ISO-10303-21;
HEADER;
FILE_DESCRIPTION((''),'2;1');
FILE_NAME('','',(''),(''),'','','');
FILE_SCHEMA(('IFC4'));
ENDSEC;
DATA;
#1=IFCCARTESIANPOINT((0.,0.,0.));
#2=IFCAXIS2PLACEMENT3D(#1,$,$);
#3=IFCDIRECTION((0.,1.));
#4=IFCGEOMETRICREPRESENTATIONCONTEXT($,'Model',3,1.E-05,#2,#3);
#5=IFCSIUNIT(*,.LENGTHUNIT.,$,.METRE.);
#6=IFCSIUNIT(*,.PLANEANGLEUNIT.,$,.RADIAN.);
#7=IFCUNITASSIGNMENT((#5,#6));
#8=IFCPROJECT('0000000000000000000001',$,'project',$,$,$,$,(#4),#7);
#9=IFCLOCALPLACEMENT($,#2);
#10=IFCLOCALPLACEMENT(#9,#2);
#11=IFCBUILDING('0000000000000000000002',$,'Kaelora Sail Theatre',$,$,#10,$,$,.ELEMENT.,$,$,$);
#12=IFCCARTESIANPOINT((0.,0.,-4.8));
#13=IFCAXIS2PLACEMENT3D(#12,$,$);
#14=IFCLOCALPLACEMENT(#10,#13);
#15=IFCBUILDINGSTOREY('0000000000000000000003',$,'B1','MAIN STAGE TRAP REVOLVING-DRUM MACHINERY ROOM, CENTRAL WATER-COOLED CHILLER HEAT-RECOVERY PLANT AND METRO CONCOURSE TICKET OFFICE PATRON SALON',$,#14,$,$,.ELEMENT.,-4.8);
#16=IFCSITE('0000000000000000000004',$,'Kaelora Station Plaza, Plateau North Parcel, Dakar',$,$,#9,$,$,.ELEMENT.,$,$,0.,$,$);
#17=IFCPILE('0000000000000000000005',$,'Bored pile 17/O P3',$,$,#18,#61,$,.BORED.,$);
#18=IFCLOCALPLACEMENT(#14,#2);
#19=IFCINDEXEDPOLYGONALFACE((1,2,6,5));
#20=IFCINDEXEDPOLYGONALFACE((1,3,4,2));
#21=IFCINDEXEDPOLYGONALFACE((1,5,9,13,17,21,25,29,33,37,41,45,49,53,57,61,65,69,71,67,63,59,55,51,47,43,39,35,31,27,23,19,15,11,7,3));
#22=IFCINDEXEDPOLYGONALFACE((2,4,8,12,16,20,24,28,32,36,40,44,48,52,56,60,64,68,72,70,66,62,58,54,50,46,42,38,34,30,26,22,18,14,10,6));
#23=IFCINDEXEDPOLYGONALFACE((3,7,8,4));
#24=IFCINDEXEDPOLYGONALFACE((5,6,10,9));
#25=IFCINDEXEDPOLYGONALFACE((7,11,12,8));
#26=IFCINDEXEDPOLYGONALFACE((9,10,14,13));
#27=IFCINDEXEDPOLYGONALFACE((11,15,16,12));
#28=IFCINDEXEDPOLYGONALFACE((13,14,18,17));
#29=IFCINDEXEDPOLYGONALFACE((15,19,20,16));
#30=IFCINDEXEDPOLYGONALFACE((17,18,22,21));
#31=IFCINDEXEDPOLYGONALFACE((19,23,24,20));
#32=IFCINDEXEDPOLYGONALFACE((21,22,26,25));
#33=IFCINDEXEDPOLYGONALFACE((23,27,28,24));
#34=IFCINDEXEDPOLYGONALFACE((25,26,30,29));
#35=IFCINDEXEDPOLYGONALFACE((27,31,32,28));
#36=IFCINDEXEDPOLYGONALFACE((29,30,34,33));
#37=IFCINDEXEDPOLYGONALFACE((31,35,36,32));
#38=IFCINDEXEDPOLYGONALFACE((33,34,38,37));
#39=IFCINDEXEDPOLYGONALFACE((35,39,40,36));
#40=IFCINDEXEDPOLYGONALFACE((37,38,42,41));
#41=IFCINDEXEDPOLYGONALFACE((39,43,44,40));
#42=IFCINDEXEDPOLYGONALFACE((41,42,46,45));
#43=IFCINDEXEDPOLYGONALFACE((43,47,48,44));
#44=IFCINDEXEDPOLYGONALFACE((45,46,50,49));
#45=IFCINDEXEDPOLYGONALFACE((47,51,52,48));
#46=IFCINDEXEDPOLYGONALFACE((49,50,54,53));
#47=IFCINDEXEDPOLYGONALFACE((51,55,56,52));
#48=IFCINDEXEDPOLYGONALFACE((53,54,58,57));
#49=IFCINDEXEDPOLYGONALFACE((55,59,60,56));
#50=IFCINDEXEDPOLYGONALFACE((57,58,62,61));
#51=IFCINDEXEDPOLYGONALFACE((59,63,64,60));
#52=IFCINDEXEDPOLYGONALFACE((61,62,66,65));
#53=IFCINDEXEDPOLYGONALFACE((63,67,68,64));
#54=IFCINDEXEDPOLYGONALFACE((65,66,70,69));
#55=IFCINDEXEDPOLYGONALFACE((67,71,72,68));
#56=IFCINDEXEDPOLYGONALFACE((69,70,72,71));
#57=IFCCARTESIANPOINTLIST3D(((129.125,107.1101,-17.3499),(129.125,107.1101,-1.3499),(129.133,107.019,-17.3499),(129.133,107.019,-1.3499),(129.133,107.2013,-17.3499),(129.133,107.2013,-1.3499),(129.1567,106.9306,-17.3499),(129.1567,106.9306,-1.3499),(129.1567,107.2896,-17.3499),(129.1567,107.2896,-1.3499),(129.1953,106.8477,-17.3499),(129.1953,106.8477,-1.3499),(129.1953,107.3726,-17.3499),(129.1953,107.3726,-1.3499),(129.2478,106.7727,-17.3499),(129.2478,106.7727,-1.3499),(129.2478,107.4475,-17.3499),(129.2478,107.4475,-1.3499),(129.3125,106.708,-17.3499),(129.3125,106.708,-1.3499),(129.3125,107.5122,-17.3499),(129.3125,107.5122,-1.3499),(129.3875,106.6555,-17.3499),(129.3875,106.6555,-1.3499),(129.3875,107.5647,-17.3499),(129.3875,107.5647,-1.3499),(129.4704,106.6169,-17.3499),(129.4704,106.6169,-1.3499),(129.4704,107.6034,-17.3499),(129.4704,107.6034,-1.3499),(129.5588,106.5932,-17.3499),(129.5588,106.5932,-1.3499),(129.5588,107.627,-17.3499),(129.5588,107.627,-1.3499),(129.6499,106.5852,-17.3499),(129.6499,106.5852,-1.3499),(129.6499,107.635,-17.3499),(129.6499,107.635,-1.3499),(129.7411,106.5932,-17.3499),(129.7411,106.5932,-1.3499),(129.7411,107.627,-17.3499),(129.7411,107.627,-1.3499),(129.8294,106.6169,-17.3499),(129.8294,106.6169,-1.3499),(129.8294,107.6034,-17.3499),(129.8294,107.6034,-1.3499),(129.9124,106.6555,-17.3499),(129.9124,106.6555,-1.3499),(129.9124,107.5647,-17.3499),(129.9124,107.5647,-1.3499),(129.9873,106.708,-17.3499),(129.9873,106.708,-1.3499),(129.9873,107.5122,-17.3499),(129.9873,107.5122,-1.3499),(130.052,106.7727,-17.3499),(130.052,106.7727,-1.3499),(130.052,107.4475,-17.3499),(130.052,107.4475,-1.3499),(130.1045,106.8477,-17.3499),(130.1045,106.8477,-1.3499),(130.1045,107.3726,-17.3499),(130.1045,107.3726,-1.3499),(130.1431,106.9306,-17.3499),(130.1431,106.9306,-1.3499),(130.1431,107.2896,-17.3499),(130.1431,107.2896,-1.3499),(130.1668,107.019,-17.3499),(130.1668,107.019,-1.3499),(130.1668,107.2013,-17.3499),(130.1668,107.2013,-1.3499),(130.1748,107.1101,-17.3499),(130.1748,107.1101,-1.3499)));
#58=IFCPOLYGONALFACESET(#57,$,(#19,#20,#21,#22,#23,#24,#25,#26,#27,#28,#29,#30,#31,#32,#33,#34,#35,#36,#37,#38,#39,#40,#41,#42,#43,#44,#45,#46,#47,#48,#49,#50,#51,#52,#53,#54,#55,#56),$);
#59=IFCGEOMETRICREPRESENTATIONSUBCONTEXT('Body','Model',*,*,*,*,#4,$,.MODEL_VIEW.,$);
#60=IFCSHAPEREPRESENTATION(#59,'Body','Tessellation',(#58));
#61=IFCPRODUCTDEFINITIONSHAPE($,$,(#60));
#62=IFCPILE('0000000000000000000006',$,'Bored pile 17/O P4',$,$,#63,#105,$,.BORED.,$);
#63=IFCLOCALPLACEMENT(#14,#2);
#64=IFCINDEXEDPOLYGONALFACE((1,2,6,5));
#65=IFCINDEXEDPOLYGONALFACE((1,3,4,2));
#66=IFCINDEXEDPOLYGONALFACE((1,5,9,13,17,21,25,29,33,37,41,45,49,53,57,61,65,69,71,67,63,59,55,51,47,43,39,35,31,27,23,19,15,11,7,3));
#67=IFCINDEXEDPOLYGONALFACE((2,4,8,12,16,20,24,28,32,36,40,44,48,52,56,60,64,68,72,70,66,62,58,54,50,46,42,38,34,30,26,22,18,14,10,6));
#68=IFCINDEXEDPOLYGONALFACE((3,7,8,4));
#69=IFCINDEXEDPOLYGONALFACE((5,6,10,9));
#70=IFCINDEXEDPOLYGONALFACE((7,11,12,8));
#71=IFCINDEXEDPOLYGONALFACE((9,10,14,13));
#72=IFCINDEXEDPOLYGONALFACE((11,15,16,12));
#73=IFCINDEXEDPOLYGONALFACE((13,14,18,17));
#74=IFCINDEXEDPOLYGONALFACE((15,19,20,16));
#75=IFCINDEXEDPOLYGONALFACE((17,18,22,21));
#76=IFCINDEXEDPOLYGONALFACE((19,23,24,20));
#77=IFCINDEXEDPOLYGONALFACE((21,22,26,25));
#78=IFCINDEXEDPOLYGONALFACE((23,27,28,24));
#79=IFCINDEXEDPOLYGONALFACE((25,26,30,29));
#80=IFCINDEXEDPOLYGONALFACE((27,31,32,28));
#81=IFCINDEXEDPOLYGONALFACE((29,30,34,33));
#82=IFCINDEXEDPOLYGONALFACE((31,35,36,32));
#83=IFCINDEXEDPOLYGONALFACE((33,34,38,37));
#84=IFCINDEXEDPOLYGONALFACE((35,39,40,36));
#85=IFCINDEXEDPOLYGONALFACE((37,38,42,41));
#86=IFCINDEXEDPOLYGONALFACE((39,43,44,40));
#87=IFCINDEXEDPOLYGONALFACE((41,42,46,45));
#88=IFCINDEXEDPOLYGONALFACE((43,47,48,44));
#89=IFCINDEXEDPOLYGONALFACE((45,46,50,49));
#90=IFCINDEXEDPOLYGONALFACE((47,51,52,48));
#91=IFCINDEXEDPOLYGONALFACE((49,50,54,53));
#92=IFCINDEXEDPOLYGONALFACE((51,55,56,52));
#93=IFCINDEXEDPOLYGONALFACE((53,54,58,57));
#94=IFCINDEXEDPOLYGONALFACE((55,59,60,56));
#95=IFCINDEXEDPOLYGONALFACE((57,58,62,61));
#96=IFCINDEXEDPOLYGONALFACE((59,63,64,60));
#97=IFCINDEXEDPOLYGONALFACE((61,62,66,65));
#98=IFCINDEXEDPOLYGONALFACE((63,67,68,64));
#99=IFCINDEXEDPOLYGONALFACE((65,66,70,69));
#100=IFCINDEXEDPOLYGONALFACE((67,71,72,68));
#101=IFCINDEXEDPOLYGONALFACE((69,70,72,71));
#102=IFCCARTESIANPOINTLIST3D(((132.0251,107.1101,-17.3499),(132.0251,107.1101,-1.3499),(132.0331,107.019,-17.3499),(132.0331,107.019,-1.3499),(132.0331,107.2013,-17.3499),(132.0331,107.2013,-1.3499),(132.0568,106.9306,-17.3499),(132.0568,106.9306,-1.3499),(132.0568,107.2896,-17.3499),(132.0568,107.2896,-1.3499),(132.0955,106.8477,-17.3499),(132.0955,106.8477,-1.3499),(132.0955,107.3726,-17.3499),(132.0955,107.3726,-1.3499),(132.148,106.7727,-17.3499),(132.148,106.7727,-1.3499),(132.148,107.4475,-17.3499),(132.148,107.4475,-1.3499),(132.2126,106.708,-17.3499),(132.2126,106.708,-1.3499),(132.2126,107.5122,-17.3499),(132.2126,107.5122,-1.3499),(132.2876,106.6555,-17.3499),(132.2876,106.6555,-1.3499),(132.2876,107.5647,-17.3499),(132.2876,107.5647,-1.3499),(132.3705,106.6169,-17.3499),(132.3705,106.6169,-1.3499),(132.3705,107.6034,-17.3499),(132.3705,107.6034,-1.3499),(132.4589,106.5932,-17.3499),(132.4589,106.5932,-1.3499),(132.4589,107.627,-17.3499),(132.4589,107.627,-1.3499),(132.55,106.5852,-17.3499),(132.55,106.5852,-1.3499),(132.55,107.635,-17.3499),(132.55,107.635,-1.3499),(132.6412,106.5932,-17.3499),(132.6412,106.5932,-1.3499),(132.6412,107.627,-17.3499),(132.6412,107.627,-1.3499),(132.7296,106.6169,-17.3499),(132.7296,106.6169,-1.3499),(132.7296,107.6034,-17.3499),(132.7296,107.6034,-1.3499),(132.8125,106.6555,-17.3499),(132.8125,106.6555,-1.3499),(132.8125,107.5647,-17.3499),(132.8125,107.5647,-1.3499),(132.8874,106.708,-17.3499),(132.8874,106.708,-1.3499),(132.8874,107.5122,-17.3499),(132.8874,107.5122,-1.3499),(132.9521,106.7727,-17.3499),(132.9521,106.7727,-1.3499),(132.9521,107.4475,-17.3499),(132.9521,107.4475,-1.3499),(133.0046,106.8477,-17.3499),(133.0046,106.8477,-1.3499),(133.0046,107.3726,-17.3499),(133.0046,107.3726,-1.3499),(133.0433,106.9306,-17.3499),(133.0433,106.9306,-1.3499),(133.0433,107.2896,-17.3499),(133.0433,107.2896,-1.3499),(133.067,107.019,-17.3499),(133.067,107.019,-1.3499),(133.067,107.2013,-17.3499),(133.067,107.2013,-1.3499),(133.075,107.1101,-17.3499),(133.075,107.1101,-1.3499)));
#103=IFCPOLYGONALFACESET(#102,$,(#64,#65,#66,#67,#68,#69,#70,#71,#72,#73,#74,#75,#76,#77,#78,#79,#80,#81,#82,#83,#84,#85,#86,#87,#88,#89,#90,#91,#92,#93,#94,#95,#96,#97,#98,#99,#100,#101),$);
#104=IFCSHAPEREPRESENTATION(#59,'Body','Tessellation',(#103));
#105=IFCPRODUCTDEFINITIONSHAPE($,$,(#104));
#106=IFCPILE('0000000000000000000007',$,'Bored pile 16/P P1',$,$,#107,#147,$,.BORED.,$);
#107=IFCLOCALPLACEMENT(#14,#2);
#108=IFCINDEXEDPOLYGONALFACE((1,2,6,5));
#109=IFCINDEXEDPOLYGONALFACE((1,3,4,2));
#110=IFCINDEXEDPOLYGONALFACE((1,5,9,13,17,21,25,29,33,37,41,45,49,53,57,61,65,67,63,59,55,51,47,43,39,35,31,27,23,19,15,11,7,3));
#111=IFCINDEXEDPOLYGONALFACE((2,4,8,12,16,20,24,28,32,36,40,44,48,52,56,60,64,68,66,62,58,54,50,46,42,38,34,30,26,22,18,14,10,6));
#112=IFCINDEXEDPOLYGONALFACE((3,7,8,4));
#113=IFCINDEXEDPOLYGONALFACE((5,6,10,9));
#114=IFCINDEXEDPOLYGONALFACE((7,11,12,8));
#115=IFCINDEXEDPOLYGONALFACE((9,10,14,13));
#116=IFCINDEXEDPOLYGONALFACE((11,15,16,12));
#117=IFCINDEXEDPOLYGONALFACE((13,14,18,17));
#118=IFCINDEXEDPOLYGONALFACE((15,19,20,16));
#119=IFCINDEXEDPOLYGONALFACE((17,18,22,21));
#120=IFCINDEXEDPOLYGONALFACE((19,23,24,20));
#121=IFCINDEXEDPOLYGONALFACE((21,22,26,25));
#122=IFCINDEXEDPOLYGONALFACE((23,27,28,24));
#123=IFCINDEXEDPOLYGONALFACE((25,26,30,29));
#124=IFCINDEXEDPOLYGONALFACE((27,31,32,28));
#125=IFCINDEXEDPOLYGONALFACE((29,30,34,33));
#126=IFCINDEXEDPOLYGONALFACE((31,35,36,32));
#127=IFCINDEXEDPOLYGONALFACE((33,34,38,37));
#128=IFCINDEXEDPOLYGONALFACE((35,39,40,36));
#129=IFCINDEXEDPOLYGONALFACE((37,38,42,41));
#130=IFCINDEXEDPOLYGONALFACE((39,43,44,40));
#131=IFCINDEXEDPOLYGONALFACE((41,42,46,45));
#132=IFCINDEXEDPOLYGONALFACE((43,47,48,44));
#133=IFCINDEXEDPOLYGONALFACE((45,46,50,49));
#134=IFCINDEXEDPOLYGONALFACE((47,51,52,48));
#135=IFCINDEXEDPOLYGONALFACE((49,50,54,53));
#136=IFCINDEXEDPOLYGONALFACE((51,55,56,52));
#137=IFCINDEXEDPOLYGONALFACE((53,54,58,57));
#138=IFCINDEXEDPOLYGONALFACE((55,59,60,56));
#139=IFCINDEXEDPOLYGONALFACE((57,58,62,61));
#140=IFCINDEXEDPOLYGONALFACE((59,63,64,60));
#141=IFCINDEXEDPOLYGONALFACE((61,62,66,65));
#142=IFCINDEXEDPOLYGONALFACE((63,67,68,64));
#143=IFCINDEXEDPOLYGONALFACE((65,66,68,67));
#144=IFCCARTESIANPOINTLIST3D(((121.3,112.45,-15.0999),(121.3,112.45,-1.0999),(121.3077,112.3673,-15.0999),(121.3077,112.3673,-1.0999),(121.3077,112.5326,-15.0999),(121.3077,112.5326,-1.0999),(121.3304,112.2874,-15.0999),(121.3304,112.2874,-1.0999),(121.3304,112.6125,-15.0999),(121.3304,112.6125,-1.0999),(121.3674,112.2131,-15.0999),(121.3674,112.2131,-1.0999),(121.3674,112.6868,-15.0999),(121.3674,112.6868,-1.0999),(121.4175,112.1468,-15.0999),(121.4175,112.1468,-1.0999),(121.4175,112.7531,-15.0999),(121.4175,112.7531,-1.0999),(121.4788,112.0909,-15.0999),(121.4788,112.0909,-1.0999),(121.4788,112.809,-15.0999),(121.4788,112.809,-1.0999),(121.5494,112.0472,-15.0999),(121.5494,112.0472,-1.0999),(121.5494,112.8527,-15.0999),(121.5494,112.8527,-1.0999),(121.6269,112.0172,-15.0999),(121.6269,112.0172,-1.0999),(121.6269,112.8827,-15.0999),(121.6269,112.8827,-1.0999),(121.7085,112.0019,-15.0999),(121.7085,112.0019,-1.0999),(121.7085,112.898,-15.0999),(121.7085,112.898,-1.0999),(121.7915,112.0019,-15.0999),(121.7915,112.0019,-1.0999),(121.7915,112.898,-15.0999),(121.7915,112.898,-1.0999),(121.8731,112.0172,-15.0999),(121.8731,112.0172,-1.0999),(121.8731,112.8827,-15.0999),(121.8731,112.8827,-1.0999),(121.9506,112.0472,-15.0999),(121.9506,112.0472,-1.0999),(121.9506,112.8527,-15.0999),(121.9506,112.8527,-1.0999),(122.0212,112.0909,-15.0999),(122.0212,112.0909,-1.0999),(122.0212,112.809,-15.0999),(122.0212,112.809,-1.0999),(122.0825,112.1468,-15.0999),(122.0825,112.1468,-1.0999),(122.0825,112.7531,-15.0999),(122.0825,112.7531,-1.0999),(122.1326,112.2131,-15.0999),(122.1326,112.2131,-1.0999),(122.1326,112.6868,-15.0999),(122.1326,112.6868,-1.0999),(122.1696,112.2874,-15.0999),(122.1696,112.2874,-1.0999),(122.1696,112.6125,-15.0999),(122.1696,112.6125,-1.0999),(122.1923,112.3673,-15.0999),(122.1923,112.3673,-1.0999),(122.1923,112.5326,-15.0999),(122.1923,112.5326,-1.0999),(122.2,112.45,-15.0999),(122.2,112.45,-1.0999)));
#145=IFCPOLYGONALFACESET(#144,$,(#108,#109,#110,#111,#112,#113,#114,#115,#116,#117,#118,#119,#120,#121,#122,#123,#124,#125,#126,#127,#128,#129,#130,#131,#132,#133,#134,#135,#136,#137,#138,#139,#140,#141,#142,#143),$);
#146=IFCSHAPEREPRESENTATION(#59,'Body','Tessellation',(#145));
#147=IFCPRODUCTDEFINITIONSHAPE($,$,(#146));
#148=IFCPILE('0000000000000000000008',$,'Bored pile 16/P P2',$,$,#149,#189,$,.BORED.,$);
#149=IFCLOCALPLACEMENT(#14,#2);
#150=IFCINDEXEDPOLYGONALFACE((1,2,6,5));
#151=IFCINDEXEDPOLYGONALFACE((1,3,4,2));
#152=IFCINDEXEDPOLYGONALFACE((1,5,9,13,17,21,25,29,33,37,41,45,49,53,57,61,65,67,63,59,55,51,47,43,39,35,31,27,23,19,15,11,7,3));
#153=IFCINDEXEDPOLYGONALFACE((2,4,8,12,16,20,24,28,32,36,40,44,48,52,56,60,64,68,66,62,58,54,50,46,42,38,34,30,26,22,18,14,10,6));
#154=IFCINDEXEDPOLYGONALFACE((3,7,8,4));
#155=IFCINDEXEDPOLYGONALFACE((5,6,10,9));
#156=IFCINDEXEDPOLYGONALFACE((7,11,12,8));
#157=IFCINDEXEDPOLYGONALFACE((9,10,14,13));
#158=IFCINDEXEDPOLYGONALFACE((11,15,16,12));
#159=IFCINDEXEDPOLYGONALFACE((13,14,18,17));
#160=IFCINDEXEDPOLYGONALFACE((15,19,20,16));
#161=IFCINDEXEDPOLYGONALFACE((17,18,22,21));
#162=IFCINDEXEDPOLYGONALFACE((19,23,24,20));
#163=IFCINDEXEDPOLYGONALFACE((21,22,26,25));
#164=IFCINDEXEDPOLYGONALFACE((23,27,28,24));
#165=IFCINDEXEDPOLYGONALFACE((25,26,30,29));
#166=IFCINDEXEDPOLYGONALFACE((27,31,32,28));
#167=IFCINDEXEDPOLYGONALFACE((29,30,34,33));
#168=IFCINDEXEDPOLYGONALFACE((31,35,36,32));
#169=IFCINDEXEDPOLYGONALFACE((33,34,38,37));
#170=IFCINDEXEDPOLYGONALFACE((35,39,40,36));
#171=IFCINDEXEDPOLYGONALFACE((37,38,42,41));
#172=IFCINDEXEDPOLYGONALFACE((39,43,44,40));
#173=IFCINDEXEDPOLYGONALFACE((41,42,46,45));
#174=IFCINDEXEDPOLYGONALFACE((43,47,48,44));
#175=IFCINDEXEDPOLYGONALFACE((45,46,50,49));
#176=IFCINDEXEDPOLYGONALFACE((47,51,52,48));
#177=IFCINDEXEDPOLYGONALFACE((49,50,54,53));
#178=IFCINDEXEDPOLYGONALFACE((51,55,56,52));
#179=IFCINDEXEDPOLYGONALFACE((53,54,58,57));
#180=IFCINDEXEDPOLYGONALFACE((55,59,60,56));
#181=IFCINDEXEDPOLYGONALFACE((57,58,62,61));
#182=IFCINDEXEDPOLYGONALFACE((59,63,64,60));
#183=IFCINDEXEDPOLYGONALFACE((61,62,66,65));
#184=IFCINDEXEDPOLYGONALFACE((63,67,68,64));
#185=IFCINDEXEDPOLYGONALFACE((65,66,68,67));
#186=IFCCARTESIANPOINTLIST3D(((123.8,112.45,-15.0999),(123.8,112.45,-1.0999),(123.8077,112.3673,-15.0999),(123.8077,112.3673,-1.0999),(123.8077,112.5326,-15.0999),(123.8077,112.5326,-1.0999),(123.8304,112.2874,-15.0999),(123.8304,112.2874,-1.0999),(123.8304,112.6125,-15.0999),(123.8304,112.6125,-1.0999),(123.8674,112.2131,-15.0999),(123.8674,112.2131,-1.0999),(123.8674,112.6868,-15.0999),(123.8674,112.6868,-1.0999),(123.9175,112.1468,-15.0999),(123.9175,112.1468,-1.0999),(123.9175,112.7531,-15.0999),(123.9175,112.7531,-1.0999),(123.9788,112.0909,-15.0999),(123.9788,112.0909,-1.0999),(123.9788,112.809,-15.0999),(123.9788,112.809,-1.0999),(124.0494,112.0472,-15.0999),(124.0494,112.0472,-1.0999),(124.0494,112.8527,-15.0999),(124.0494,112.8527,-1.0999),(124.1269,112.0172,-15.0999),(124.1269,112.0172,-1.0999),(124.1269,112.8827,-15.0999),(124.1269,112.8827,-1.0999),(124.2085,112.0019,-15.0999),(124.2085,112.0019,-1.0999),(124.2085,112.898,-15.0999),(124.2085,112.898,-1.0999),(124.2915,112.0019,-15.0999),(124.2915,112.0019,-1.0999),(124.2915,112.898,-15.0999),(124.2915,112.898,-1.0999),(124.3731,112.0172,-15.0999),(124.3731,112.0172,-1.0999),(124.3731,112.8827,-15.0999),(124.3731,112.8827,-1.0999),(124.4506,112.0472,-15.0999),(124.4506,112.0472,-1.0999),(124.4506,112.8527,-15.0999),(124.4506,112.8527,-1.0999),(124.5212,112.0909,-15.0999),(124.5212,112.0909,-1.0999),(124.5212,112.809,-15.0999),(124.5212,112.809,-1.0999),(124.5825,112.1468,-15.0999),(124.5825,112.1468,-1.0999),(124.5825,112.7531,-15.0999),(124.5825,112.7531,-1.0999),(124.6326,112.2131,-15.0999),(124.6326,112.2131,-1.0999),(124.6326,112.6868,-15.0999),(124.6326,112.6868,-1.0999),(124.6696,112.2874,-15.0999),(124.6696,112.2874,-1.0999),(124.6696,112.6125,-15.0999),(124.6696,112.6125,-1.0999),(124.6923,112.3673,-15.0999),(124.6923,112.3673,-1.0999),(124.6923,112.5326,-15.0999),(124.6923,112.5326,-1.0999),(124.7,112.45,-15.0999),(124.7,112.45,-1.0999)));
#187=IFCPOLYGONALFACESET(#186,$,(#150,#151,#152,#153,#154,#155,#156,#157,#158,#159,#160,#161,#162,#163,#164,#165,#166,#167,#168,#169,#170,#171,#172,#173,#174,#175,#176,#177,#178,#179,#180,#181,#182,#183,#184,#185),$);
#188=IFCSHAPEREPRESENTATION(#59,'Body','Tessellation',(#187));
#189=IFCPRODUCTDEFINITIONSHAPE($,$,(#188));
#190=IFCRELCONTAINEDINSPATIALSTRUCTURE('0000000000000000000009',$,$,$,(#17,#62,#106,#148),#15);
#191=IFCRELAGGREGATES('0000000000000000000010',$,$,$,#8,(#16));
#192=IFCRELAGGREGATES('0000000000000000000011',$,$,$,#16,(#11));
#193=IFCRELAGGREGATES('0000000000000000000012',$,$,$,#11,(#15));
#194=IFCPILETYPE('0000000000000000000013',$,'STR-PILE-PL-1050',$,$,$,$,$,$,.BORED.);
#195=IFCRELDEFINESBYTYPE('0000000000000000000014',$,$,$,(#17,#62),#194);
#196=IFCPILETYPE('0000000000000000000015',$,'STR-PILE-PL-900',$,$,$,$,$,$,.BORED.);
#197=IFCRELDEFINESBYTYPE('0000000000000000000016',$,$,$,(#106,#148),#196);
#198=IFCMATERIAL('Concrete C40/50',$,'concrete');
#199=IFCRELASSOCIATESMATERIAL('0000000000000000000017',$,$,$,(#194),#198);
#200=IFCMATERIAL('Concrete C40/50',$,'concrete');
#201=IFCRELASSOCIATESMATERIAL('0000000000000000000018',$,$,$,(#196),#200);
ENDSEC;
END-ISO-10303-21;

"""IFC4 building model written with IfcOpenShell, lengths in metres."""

from ifc_helpers import new_model, si_unit, direction, frame, origin, origin_2d, place, context, subcontext, project, spatial, circle, extrude, material, material_profile, profile_set, type_object, element, save


model = new_model("IFC4")

# Units and contexts
model_context = context("Model", 3, precision=1e-05, world=origin(), true_north=direction((0.0, 1.0)))
body_context = subcontext(model_context, "Body", "Model", "MODEL_VIEW")
ifc_project = project(units=[si_unit("LENGTHUNIT", "METRE"), si_unit("PLANEANGLEUNIT", "RADIAN")], contexts=[model_context])

# Site, building, storey
site_placement = place(None, origin())
site = spatial("IfcSite", under=ifc_project, at=site_placement, Name="Kaelora Station Plaza, Plateau North Parcel, Dakar", CompositionType="ELEMENT", RefElevation=0.0)
building_placement = place(site_placement, origin())
building = spatial("IfcBuilding", under=site, at=building_placement, Name="Kaelora Sail Theatre", CompositionType="ELEMENT")
storey_placement = place(building_placement, frame((0.0, 0.0, -4.8)))
storey = spatial("IfcBuildingStorey", under=building, at=storey_placement, Name="B1", Description="MAIN STAGE TRAP REVOLVING-DRUM MACHINERY ROOM, CENTRAL WATER-COOLED CHILLER HEAT-RECOVERY PLANT AND METRO CONCOURSE TICKET OFFICE PATRON SALON", CompositionType="ELEMENT", Elevation=-4.8)

# Piles
ifc_material_1 = material(Name="Concrete C40/50", Category="concrete")
ifc_material_profile_1 = material_profile(ifc_material_1, circle(Radius=0.5249, at=origin_2d()), Name="PILE D1050")
ifc_profile_set_1 = profile_set([ifc_material_profile_1], Name="Concrete C40/50")
pile_type_1 = type_object("IfcPileType", Name="STR-PILE-PL-1050", PredefinedType="BORED", material=ifc_profile_set_1)
for number, where, z_axis, x_axis, name in (
    (1, (129.6499, 107.1101, -1.3499), (0.0, 0.0, -1.0), (1.0, 0.0, 0.0), "Bored pile 17/O P3"),
    (2, (132.55, 107.1101, -1.3499), (0.0, 0.0, -1.0), (1.0, 0.0, 0.0), "Bored pile 17/O P4"),
):
    element("IfcPile", number, at=place(storey_placement, frame(where, z_axis=z_axis, x_axis=x_axis)), inside=storey, type_object=pile_type_1, Name=name, PredefinedType="BORED", context=body_context, shape_type="SweptSolid", body=[
        extrude(circle(Radius=0.5249, at=origin_2d()), origin(), (0.0, 0.0, 1.0), 16.0),
    ])
ifc_material_2 = material(Name="Concrete C40/50", Category="concrete")
ifc_material_profile_2 = material_profile(ifc_material_2, circle(Radius=0.45, at=origin_2d()), Name="PILE D900")
ifc_profile_set_2 = profile_set([ifc_material_profile_2], Name="Concrete C40/50")
pile_type_2 = type_object("IfcPileType", Name="STR-PILE-PL-900", PredefinedType="BORED", material=ifc_profile_set_2)
for number, where, z_axis, x_axis, name in (
    (3, (121.75, 112.45, -1.0999), (0.0, 0.0, -1.0), (1.0, 0.0, 0.0), "Bored pile 16/P P1"),
    (4, (124.25, 112.45, -1.0999), (0.0, 0.0, -1.0), (1.0, 0.0, 0.0), "Bored pile 16/P P2"),
):
    element("IfcPile", number, at=place(storey_placement, frame(where, z_axis=z_axis, x_axis=x_axis)), inside=storey, type_object=pile_type_2, Name=name, PredefinedType="BORED", context=body_context, shape_type="SweptSolid", body=[
        extrude(circle(Radius=0.45, at=origin_2d()), origin(), (0.0, 0.0, 1.0), 14.0),
    ])

save(model, "model.ifc")
